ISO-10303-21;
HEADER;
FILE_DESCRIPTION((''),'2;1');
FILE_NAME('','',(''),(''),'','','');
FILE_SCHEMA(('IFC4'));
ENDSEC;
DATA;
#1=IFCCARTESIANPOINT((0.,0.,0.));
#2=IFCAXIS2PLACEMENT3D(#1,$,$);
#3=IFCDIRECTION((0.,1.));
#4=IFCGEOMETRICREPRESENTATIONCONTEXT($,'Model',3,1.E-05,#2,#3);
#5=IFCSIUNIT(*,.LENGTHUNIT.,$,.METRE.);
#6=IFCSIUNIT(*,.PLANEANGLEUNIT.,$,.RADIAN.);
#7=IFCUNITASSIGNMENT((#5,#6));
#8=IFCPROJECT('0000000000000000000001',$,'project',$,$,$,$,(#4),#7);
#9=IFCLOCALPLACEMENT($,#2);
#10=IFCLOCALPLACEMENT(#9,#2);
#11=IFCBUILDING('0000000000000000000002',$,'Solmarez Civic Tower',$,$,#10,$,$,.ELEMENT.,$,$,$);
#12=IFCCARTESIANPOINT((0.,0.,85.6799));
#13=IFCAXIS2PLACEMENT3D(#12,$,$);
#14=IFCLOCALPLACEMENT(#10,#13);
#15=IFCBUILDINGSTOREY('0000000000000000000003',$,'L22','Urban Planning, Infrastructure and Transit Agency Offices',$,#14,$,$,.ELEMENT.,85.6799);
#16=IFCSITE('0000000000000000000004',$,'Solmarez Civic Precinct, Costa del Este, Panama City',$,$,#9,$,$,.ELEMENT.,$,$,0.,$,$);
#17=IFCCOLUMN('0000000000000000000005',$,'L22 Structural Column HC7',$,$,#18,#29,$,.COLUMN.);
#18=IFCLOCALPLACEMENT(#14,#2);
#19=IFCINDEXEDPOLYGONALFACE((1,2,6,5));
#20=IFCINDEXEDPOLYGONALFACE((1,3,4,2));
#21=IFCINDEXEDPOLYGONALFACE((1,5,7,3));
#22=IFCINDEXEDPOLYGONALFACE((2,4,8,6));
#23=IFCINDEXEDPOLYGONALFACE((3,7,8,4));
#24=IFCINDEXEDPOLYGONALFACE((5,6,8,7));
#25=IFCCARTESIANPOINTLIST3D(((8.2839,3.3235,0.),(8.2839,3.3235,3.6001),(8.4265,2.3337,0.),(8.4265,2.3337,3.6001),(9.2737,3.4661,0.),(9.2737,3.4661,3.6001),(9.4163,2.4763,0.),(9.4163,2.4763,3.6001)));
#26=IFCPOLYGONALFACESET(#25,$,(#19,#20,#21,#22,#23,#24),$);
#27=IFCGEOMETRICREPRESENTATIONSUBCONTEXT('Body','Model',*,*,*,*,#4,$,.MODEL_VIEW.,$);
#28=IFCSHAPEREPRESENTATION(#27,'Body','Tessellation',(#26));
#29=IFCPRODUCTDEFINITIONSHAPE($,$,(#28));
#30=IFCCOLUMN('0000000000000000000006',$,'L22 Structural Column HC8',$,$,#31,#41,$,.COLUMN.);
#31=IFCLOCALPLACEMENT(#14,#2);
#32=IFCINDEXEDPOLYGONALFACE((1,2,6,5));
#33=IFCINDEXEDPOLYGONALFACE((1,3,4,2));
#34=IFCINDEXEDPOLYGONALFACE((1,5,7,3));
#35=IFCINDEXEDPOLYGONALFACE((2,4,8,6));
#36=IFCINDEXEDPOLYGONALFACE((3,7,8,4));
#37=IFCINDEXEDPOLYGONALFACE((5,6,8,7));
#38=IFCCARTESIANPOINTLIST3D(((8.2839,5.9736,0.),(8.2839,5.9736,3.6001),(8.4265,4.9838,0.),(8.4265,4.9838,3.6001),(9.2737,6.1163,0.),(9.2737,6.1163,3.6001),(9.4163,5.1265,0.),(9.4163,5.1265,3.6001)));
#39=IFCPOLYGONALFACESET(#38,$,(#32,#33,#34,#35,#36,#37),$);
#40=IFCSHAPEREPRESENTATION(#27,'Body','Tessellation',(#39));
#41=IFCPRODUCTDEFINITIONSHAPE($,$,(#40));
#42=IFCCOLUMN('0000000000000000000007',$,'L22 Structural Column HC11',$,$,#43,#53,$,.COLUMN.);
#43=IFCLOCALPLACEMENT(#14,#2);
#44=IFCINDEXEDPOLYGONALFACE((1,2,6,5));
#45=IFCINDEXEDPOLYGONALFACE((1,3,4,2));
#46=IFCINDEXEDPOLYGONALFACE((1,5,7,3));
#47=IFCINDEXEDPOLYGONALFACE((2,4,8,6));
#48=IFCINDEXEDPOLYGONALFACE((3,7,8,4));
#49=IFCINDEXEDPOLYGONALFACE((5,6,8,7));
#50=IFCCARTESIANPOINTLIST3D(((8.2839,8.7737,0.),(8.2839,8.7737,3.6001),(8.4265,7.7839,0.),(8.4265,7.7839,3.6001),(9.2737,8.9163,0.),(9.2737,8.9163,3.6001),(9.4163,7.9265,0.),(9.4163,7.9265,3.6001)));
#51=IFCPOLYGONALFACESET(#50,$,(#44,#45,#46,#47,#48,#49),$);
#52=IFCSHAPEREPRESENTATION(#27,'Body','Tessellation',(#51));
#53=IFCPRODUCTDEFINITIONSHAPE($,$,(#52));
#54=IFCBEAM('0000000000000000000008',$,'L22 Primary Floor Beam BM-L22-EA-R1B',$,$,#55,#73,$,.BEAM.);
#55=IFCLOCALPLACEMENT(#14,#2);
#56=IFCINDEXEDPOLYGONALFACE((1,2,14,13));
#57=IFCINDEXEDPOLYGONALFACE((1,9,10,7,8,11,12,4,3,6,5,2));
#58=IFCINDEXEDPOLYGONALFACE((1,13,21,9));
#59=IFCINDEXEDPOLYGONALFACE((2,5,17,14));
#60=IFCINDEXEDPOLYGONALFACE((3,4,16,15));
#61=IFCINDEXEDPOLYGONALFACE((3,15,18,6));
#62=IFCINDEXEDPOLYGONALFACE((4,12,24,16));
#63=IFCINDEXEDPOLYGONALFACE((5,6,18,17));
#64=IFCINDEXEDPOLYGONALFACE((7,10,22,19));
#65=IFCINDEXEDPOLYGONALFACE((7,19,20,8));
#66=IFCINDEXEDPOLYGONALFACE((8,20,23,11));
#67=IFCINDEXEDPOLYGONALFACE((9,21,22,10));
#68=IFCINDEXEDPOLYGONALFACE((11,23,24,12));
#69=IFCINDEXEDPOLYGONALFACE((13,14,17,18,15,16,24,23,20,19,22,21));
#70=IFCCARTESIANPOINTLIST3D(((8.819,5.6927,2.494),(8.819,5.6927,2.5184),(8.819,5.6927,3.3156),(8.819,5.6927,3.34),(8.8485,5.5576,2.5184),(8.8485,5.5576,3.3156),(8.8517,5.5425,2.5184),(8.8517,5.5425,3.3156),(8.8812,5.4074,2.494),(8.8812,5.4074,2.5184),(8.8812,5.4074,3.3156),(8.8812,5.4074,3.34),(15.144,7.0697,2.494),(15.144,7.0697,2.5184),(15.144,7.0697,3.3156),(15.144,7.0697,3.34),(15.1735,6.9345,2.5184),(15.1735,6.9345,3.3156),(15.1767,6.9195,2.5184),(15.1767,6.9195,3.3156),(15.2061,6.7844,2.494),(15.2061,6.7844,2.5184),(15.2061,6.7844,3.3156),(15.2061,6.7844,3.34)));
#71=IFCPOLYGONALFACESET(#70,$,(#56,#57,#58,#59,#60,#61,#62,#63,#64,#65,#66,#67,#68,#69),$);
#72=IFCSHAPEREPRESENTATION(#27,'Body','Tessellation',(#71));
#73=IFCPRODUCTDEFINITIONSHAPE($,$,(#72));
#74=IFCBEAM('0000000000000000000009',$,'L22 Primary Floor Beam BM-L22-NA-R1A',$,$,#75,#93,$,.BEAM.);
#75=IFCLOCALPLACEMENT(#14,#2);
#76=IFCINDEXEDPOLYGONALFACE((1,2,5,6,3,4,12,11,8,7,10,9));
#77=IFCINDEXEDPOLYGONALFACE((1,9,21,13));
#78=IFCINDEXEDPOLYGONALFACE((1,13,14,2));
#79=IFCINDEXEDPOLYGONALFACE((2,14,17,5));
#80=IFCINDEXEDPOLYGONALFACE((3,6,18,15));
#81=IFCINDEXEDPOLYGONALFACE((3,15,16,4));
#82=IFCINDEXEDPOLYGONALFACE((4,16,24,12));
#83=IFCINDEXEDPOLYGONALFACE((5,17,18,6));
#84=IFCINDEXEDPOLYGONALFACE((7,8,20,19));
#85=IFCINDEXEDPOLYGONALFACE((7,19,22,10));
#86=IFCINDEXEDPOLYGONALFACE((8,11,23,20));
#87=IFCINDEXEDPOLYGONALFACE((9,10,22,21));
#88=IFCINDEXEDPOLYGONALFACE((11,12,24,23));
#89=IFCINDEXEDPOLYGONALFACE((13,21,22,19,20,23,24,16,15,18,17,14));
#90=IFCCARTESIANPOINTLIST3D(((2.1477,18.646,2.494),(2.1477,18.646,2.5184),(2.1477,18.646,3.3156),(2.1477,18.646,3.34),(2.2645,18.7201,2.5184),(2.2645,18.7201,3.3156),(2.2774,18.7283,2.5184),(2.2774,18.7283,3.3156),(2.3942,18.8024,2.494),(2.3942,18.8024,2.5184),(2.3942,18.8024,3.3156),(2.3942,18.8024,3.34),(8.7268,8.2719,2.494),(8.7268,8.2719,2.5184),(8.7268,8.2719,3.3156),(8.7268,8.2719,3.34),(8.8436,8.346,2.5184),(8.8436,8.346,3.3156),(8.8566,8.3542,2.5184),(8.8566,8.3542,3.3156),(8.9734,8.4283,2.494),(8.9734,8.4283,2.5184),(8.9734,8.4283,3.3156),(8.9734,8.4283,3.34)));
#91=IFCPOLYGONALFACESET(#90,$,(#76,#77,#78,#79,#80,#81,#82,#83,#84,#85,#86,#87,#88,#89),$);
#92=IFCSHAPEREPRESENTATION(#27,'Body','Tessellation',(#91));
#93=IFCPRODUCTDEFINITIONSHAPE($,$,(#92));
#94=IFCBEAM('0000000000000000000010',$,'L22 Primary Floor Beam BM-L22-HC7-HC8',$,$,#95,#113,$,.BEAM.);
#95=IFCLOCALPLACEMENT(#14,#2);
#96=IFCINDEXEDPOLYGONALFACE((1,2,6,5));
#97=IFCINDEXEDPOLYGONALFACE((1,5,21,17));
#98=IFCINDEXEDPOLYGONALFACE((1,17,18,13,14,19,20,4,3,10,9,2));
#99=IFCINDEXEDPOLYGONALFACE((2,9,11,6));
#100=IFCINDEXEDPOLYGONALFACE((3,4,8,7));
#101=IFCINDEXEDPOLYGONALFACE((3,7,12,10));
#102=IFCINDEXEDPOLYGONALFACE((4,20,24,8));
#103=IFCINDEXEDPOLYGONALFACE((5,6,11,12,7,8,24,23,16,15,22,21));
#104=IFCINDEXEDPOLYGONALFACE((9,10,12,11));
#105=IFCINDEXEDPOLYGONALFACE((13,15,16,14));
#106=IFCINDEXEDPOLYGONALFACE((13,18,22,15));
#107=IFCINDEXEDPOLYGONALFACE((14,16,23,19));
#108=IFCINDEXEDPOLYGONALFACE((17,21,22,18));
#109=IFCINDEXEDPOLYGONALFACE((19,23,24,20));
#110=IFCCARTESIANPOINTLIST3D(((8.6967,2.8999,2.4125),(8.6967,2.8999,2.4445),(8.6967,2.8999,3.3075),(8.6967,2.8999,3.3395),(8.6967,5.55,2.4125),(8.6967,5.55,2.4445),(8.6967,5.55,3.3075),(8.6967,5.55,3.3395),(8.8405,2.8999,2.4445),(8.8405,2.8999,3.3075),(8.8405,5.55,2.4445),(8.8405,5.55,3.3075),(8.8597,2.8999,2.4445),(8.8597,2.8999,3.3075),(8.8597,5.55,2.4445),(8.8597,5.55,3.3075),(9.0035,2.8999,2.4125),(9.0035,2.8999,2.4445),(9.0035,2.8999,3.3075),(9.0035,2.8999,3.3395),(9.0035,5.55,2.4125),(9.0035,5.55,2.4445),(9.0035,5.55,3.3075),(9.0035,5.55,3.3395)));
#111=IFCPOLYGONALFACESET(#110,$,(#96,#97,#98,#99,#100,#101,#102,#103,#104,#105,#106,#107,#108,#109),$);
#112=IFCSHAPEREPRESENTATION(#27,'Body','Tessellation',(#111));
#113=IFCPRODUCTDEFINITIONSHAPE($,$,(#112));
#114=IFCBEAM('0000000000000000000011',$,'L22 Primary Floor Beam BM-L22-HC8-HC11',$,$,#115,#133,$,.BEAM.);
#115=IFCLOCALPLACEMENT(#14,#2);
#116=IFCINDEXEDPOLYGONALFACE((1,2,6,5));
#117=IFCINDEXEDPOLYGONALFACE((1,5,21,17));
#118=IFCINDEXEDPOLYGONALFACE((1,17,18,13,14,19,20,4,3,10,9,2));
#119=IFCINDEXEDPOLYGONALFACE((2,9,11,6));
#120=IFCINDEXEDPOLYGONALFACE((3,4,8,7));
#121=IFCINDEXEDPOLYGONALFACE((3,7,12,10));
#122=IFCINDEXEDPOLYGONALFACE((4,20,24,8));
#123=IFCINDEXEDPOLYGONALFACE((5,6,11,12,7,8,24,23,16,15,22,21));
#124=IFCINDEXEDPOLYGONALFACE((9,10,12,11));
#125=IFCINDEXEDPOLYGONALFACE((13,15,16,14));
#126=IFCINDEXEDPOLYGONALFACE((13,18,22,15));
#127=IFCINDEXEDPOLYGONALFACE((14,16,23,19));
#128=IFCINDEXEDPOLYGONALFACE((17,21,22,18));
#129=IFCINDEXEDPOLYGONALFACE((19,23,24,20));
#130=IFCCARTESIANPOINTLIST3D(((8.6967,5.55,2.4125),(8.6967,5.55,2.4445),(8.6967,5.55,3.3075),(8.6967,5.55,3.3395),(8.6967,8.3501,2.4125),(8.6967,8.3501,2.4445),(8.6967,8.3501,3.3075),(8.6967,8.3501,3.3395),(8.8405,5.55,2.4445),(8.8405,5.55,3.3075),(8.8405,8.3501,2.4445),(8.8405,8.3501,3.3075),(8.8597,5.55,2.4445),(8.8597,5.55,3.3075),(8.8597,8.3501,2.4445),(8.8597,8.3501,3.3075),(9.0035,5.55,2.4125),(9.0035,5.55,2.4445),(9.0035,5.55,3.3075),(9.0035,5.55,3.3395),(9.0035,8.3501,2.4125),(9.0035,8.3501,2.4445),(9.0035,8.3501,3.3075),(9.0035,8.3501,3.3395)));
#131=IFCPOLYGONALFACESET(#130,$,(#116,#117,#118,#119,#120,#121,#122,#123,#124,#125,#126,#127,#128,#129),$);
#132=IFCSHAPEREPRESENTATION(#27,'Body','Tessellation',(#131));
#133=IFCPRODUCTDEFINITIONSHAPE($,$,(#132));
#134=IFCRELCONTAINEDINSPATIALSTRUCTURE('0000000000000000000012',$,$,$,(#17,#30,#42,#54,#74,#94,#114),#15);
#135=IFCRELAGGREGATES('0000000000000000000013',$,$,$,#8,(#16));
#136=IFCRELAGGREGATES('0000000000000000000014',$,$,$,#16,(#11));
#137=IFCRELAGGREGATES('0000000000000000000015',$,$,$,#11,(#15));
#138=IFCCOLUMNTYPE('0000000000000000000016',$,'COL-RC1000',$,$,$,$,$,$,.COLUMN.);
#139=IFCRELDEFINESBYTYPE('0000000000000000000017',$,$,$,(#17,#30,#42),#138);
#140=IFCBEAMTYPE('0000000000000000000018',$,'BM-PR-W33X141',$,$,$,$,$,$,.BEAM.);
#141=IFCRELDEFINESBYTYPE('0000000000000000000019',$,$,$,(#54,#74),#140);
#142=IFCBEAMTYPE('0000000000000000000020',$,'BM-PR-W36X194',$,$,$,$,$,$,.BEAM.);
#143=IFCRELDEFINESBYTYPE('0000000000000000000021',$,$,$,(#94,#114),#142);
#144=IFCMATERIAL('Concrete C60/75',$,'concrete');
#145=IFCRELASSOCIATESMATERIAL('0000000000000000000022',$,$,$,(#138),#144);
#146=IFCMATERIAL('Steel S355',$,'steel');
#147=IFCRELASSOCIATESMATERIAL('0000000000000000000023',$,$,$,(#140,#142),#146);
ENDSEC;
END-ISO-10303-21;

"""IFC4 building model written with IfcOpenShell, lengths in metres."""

from ifc_helpers import new_model, si_unit, direction, frame, origin, origin_2d, place, context, subcontext, project, spatial, rectangle, i_section, extrude, material, material_profile, profile_set, type_object, element, save


model = new_model("IFC4")

# Units and contexts
model_context = context("Model", 3, precision=1e-05, world=origin(), true_north=direction((0.0, 1.0)))
body_context = subcontext(model_context, "Body", "Model", "MODEL_VIEW")
ifc_project = project(units=[si_unit("LENGTHUNIT", "METRE"), si_unit("PLANEANGLEUNIT", "RADIAN")], contexts=[model_context])

# Site, building, storey
site_placement = place(None, origin())
site = spatial("IfcSite", under=ifc_project, at=site_placement, Name="Solmarez Civic Precinct, Costa del Este, Panama City", CompositionType="ELEMENT", RefElevation=0.0)
building_placement = place(site_placement, origin())
building = spatial("IfcBuilding", under=site, at=building_placement, Name="Solmarez Civic Tower", CompositionType="ELEMENT")
storey_placement = place(building_placement, frame((0.0, 0.0, 85.6799)))
storey = spatial("IfcBuildingStorey", under=building, at=storey_placement, Name="L22", Description="Urban Planning, Infrastructure and Transit Agency Offices", CompositionType="ELEMENT", Elevation=85.6799)

# Columns
ifc_material_1 = material(Name="Concrete C60/75", Category="concrete")
ifc_material_profile_1 = material_profile(ifc_material_1, rectangle(XDim=1.0, YDim=1.0, at=origin_2d()), Name="RC1000X1000")
ifc_profile_set_1 = profile_set([ifc_material_profile_1], Name="Concrete C60/75")
column_type = type_object("IfcColumnType", Name="COL-RC1000", PredefinedType="COLUMN", material=ifc_profile_set_1)
for number, where, z_axis, x_axis, name in (
    (1, (8.8501, 2.8999, 0.0), (0.0, 0.0, 1.0), (0.989776, 0.142629, 0.0), "L22 Structural Column HC7"),
    (2, (8.8501, 5.55, 0.0), (0.0, 0.0, 1.0), (0.989776, 0.142629, 0.0), "L22 Structural Column HC8"),
    (3, (8.8501, 8.3501, 0.0), (0.0, 0.0, 1.0), (0.989776, 0.142629, 0.0), "L22 Structural Column HC11"),
):
    element("IfcColumn", number, at=place(storey_placement, frame(where, z_axis=z_axis, x_axis=x_axis)), inside=storey, type_object=column_type, Name=name, PredefinedType="COLUMN", context=body_context, shape_type="SweptSolid", body=[
        extrude(rectangle(XDim=1.0, YDim=1.0, at=origin_2d()), origin(), (0.0, 0.0, 1.0), 3.6001),
    ])

# Beams
ifc_material_2 = material(Name="Steel S355", Category="steel")
ifc_material_profile_2 = material_profile(ifc_material_2, i_section(OverallWidth=0.292, OverallDepth=0.8459, WebThickness=0.0154, FlangeThickness=0.0244, at=origin_2d()), Name="W33X141")
ifc_profile_set_2 = profile_set([ifc_material_profile_2], Name="Steel S355")
beam_type_1 = type_object("IfcBeamType", Name="BM-PR-W33X141", PredefinedType="BEAM", material=ifc_profile_set_2)
beam_1_placement = place(storey_placement, frame((8.8501, 5.55, 2.917), z_axis=(0.977113, 0.212719, 0.0), x_axis=(-0.212719, 0.977113, 0.0)))
element("IfcBeam", 4, at=beam_1_placement, inside=storey, type_object=beam_type_1, Name="L22 Primary Floor Beam BM-L22-EA-R1B", PredefinedType="BEAM", context=body_context, shape_type="SweptSolid", body=[
    extrude(i_section(OverallWidth=0.292, OverallDepth=0.8459, WebThickness=0.0154, FlangeThickness=0.0244, at=origin_2d()), origin(), (0.0, 0.0, 1.0), 6.4731),
])
beam_2_placement = place(storey_placement, frame((8.8501, 8.3501, 2.917), z_axis=(-0.535568, 0.844492, 0.0), x_axis=(-0.844492, -0.535568, 0.0)))
element("IfcBeam", 5, at=beam_2_placement, inside=storey, type_object=beam_type_1, Name="L22 Primary Floor Beam BM-L22-NA-R1A", PredefinedType="BEAM", context=body_context, shape_type="SweptSolid", body=[
    extrude(i_section(OverallWidth=0.292, OverallDepth=0.8459, WebThickness=0.0154, FlangeThickness=0.0244, at=origin_2d()), origin(), (0.0, 0.0, 1.0), 12.2844),
])
ifc_material_profile_3 = material_profile(ifc_material_2, i_section(OverallWidth=0.3069, OverallDepth=0.927, WebThickness=0.0193, FlangeThickness=0.032, at=origin_2d()), Name="W36X194")
ifc_profile_set_3 = profile_set([ifc_material_profile_3], Name="Steel S355")
beam_type_2 = type_object("IfcBeamType", Name="BM-PR-W36X194", PredefinedType="BEAM", material=ifc_profile_set_3)
beam_3_placement = place(storey_placement, frame((8.8501, 2.8999, 2.876), z_axis=(0.0, 1.0, 0.0), x_axis=(-1.0, 0.0, 0.0)))
element("IfcBeam", 6, at=beam_3_placement, inside=storey, type_object=beam_type_2, Name="L22 Primary Floor Beam BM-L22-HC7-HC8", PredefinedType="BEAM", context=body_context, shape_type="SweptSolid", body=[
    extrude(i_section(OverallWidth=0.3069, OverallDepth=0.927, WebThickness=0.0193, FlangeThickness=0.032, at=origin_2d()), origin(), (0.0, 0.0, 1.0), 2.6501),
])
beam_4_placement = place(storey_placement, frame((8.8501, 5.55, 2.876), z_axis=(0.0, 1.0, 0.0), x_axis=(-1.0, 0.0, 0.0)))
element("IfcBeam", 7, at=beam_4_placement, inside=storey, type_object=beam_type_2, Name="L22 Primary Floor Beam BM-L22-HC8-HC11", PredefinedType="BEAM", context=body_context, shape_type="SweptSolid", body=[
    extrude(i_section(OverallWidth=0.3069, OverallDepth=0.927, WebThickness=0.0193, FlangeThickness=0.032, at=origin_2d()), origin(), (0.0, 0.0, 1.0), 2.8),
])

save(model, "model.ifc")
